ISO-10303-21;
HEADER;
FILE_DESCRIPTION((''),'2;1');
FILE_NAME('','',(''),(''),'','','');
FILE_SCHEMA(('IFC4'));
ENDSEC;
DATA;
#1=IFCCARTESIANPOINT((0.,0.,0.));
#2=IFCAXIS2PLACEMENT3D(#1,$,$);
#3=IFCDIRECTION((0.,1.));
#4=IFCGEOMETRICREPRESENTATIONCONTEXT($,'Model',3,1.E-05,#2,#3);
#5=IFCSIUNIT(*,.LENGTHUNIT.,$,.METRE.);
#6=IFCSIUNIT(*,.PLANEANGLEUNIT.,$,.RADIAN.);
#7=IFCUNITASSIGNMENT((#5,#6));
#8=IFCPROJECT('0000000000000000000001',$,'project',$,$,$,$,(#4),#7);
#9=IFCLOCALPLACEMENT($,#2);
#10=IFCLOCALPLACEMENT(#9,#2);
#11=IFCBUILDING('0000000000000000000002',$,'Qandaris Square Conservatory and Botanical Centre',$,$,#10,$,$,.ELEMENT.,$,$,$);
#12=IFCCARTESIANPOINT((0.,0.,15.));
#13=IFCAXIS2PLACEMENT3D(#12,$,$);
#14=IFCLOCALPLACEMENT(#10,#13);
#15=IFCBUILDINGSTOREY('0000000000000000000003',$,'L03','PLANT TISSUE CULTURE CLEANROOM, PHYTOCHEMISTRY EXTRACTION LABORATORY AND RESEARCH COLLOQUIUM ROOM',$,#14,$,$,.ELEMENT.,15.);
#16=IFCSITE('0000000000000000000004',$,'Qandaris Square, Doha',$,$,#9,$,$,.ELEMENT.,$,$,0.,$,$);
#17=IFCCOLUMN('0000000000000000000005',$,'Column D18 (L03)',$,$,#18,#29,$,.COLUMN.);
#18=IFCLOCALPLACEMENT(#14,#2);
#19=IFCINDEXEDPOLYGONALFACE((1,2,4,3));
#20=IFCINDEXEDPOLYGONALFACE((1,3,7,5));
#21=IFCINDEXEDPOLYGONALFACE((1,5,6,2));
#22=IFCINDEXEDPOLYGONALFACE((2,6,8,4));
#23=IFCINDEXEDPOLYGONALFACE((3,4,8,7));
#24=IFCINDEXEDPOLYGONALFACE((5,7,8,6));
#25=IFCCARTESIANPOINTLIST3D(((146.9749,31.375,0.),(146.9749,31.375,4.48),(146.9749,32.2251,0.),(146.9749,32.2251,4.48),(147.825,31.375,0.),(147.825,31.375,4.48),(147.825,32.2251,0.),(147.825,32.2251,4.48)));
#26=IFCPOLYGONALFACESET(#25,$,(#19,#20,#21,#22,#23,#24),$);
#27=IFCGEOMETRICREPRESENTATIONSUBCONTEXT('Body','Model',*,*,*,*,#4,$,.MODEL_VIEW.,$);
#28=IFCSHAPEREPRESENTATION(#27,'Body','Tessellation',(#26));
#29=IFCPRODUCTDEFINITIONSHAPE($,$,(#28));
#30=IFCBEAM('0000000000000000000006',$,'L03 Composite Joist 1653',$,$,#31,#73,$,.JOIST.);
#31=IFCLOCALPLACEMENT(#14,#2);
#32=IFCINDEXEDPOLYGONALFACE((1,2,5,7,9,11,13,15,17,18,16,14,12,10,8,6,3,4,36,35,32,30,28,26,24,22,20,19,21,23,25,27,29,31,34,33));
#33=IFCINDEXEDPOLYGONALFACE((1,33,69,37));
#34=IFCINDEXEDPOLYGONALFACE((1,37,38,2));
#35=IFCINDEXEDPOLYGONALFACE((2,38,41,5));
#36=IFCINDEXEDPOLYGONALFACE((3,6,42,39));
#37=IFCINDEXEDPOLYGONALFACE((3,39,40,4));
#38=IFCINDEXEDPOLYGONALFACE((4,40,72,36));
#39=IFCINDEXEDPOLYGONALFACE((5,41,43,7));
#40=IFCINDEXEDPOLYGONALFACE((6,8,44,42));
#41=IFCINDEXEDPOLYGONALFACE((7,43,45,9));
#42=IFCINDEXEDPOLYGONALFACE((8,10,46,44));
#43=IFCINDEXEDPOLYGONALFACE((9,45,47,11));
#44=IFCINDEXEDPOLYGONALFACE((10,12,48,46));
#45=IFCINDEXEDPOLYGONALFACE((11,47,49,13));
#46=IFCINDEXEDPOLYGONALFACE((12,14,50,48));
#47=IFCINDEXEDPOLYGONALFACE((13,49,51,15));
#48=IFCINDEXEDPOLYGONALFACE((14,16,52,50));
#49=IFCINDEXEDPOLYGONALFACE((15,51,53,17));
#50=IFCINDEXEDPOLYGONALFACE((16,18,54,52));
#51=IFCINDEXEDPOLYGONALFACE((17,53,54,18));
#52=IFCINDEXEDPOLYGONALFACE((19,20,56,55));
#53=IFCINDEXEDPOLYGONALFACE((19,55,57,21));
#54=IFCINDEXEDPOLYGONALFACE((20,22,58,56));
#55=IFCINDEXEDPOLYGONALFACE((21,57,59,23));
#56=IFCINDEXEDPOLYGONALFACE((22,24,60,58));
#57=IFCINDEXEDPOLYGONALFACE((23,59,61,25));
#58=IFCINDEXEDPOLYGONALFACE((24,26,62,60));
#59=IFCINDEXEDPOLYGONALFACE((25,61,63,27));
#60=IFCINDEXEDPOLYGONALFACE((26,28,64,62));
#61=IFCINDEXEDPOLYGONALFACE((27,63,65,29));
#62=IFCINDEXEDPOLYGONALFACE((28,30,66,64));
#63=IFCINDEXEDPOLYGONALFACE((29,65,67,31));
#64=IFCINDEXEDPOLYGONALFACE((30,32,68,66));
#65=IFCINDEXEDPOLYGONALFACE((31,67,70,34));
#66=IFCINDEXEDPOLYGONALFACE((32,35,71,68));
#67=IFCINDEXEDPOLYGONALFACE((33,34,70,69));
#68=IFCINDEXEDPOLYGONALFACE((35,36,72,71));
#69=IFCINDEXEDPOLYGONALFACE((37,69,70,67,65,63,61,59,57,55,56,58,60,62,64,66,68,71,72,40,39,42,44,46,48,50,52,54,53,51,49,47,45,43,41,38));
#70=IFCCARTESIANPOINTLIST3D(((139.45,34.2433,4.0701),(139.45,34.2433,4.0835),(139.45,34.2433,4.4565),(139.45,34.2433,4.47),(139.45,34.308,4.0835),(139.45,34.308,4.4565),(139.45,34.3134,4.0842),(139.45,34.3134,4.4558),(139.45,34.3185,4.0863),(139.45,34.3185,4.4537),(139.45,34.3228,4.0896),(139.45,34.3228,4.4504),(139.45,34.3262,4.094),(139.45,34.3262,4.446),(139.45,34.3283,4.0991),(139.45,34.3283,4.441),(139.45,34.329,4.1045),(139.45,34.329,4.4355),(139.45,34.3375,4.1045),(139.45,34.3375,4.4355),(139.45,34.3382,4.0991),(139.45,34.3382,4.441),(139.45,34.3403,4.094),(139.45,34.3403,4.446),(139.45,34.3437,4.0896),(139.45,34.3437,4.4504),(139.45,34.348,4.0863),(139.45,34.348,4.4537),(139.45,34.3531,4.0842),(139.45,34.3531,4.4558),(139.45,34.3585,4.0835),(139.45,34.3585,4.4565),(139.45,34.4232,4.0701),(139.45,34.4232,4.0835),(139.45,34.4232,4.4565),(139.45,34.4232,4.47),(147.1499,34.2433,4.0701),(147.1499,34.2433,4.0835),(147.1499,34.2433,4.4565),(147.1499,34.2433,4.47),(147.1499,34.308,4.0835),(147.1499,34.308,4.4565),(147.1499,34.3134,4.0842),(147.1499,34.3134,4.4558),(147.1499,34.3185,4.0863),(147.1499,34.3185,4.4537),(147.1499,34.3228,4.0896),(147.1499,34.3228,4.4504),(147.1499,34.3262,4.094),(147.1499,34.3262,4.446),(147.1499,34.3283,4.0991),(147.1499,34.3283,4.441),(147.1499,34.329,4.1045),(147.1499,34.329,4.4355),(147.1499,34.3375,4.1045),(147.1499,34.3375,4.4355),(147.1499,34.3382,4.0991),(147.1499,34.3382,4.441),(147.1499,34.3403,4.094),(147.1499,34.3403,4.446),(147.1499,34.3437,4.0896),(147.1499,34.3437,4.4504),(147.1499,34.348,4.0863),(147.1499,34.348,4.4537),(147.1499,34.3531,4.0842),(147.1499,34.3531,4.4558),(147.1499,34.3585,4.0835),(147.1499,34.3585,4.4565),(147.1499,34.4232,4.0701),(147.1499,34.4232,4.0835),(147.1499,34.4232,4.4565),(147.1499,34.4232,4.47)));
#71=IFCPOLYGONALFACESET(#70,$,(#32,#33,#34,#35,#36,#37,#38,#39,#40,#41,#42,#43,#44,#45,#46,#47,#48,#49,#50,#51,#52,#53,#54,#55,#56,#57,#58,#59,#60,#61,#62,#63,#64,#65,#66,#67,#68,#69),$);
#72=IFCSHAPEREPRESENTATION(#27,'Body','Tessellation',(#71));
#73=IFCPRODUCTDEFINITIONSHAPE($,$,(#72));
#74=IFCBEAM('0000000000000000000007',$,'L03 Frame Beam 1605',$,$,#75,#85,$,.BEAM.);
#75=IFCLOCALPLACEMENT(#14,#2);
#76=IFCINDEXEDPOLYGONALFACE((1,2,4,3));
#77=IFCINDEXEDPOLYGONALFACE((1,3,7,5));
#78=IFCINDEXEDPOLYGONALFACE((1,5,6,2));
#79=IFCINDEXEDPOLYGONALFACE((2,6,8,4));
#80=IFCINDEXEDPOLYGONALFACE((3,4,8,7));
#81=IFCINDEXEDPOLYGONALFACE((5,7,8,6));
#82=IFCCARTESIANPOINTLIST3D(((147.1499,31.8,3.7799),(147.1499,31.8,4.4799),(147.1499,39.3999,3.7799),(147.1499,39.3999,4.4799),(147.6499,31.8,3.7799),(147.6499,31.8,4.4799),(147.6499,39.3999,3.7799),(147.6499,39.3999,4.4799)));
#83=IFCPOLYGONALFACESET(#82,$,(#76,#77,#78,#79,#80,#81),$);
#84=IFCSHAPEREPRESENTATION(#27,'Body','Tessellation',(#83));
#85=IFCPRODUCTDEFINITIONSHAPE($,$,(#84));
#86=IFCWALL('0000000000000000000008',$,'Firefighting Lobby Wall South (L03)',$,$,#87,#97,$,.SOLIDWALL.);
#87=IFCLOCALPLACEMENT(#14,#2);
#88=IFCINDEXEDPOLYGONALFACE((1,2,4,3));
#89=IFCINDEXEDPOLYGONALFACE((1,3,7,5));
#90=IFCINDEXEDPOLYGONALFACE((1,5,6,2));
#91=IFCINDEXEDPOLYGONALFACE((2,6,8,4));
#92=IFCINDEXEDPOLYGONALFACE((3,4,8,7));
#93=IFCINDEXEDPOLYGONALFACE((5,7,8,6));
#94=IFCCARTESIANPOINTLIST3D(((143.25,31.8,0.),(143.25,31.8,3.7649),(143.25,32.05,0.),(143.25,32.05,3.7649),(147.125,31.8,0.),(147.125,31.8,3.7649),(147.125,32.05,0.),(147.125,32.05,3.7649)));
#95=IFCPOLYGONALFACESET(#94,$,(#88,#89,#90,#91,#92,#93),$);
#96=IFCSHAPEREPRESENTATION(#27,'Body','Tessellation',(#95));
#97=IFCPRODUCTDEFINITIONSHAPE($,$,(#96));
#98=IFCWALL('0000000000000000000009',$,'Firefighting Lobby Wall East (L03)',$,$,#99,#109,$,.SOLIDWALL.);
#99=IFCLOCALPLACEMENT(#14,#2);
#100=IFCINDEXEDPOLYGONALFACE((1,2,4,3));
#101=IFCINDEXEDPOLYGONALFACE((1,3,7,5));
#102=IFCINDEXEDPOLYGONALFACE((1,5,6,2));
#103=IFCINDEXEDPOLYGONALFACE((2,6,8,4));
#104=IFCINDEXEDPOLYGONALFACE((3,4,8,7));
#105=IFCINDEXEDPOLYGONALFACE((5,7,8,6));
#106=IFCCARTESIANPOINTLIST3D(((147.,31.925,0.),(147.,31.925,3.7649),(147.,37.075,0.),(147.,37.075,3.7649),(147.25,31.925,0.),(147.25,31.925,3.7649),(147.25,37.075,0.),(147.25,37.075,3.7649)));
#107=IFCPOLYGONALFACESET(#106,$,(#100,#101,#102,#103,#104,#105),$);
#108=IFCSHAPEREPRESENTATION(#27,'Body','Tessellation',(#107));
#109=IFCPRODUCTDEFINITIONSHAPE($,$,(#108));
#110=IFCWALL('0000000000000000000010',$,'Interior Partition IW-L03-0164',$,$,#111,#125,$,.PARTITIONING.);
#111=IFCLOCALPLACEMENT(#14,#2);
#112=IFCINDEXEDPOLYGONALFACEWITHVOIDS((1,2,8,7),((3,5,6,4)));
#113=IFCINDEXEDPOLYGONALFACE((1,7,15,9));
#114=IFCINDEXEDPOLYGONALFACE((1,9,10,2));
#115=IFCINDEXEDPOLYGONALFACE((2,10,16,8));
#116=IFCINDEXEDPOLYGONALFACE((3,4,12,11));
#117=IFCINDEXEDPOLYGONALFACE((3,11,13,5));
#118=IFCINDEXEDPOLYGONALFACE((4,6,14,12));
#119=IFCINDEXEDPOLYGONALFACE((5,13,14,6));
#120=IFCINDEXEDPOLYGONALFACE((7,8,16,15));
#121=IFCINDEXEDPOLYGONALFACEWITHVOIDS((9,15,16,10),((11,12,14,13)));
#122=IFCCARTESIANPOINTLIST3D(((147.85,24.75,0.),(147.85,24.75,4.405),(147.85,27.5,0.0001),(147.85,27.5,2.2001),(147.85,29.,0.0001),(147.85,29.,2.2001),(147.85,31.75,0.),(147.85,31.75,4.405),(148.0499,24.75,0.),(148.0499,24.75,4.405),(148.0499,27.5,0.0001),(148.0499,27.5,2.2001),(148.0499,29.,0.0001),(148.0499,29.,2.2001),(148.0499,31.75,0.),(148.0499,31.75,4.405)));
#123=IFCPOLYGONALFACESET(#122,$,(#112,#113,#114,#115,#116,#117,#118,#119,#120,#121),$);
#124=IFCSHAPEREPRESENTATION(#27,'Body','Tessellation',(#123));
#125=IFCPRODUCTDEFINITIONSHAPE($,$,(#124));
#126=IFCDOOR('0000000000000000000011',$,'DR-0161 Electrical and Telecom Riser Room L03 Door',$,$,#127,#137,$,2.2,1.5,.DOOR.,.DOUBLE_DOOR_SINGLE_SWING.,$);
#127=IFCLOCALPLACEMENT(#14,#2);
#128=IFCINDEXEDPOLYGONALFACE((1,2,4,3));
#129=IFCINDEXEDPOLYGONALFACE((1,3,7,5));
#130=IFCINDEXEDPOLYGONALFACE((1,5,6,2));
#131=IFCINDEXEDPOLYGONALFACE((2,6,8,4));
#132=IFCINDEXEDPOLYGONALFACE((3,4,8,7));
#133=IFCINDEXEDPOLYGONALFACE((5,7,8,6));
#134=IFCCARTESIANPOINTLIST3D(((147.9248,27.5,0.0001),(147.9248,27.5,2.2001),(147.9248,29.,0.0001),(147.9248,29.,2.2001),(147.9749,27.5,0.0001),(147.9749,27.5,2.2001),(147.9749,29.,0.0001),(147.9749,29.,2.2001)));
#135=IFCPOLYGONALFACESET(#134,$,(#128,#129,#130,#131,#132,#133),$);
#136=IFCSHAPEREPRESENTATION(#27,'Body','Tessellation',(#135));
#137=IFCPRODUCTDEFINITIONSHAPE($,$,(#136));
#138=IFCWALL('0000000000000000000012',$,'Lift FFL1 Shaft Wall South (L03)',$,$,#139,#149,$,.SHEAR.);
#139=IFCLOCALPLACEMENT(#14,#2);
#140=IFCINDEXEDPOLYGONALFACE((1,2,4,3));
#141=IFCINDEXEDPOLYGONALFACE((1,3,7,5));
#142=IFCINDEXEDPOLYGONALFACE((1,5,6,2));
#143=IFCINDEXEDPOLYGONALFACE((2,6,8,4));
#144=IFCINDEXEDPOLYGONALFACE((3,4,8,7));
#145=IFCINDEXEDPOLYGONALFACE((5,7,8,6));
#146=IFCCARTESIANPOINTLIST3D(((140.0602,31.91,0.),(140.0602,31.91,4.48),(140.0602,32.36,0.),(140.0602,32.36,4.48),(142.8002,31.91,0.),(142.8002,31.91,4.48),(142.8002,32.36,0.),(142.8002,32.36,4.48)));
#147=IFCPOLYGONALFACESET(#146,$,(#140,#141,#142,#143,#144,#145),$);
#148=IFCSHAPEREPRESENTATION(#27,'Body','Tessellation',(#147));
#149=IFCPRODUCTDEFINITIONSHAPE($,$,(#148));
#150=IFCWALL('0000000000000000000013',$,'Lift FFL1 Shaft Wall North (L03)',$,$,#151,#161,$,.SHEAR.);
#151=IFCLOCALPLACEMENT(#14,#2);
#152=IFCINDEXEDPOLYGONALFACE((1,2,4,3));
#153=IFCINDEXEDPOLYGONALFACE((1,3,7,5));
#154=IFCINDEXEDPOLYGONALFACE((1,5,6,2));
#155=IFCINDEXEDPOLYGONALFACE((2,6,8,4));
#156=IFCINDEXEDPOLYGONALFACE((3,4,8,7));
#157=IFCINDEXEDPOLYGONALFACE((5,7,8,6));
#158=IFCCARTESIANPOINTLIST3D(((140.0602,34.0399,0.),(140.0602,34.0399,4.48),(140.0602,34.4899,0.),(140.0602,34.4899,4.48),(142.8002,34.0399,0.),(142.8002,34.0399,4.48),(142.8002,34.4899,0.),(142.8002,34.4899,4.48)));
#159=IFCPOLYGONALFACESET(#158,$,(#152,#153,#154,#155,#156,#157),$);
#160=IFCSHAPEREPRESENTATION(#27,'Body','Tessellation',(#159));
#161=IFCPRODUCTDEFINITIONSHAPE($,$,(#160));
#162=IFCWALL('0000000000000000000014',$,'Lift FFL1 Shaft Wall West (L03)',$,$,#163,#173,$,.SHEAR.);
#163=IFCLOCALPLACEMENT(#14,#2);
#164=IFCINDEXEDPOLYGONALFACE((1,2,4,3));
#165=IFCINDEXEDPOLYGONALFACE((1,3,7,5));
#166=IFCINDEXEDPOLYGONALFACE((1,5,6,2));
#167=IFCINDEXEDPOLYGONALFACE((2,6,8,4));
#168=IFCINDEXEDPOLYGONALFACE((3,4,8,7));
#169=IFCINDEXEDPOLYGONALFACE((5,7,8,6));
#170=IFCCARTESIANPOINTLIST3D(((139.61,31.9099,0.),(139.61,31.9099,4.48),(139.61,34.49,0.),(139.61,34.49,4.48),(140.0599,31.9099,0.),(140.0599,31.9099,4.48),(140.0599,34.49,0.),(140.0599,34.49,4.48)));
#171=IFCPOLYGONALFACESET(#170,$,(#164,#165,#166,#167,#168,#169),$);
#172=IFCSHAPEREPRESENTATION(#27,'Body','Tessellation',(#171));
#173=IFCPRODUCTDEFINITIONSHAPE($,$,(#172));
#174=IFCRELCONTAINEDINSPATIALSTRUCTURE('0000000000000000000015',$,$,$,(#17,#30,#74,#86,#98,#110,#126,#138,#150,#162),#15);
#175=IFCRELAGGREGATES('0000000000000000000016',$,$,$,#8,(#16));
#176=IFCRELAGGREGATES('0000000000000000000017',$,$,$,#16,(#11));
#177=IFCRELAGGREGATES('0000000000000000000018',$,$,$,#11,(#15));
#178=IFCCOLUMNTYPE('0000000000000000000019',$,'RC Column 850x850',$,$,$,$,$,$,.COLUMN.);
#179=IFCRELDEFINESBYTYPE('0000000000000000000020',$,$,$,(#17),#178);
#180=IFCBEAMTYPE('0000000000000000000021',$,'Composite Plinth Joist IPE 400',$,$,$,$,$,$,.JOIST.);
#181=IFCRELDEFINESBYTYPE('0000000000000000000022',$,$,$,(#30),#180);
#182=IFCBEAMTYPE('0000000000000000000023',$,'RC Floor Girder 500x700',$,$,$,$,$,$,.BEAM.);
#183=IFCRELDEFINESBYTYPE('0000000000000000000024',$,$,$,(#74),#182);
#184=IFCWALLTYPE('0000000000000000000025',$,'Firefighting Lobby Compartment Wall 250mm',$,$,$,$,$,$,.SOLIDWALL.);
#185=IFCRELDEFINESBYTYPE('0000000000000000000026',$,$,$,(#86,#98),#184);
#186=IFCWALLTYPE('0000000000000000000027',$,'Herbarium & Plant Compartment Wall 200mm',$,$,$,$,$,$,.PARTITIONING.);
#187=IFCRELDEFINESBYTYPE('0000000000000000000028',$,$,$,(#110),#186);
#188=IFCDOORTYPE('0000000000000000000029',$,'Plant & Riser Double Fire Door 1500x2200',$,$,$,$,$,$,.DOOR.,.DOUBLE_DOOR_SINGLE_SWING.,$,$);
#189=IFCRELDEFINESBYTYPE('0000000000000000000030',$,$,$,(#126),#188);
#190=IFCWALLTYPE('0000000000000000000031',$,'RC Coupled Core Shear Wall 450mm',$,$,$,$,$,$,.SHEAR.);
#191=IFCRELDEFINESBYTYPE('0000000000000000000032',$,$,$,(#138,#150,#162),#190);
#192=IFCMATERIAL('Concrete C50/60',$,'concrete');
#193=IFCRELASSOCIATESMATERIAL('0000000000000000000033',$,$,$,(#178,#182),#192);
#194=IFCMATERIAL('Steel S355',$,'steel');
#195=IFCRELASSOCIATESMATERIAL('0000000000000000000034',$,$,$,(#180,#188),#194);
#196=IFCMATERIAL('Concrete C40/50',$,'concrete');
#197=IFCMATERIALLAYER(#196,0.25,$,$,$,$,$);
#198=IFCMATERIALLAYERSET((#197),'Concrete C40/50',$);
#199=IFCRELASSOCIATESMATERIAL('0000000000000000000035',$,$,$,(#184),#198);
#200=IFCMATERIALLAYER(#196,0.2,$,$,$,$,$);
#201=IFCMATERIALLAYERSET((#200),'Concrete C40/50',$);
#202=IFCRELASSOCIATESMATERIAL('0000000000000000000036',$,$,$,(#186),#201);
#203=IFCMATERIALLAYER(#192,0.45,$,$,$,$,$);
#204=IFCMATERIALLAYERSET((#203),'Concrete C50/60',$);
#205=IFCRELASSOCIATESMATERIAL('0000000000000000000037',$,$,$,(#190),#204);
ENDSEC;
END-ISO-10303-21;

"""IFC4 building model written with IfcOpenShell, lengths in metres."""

from ifc_helpers import new_model, si_unit, direction, frame, frame_2d, origin, origin_2d, place, context, subcontext, project, spatial, rectangle, i_section, extrude, material, layer, layer_set, material_profile, profile_set, type_object, element, fill, save


model = new_model("IFC4")

# Units and contexts
model_context = context("Model", 3, precision=1e-05, world=origin(), true_north=direction((0.0, 1.0)))
body_context = subcontext(model_context, "Body", "Model", "MODEL_VIEW")
ifc_project = project(units=[si_unit("LENGTHUNIT", "METRE"), si_unit("PLANEANGLEUNIT", "RADIAN")], contexts=[model_context])

# Site, building, storey
site_placement = place(None, origin())
site = spatial("IfcSite", under=ifc_project, at=site_placement, Name="Qandaris Square, Doha", CompositionType="ELEMENT", RefElevation=0.0)
building_placement = place(site_placement, origin())
building = spatial("IfcBuilding", under=site, at=building_placement, Name="Qandaris Square Conservatory and Botanical Centre", CompositionType="ELEMENT")
storey_placement = place(building_placement, frame((0.0, 0.0, 15.0)))
storey = spatial("IfcBuildingStorey", under=building, at=storey_placement, Name="L03", Description="PLANT TISSUE CULTURE CLEANROOM, PHYTOCHEMISTRY EXTRACTION LABORATORY AND RESEARCH COLLOQUIUM ROOM", CompositionType="ELEMENT", Elevation=15.0)

# Column
ifc_material_1 = material(Name="Concrete C50/60", Category="concrete")
ifc_material_profile_1 = material_profile(ifc_material_1, rectangle(XDim=0.8501, YDim=0.8501, at=origin_2d()), Name="RC-COL 850x850")
ifc_profile_set_1 = profile_set([ifc_material_profile_1], Name="Concrete C50/60")
column_type = type_object("IfcColumnType", Name="RC Column 850x850", PredefinedType="COLUMN", material=ifc_profile_set_1)
column_placement = place(storey_placement, frame((147.3999, 31.8, 0.0), z_axis=(0.0, 0.0, 1.0), x_axis=(1.0, 0.0, 0.0)))
element("IfcColumn", 1, at=column_placement, inside=storey, type_object=column_type, Name="Column D18 (L03)", PredefinedType="COLUMN", context=body_context, shape_type="SweptSolid", body=[
    extrude(rectangle(XDim=0.8501, YDim=0.8501, at=origin_2d()), origin(), (0.0, 0.0, 1.0), 4.48),
])

# Beams
ifc_material_2 = material(Name="Steel S355", Category="steel")
ifc_material_profile_2 = material_profile(ifc_material_2, i_section(OverallWidth=0.1799, OverallDepth=0.3999, WebThickness=0.0085, FlangeThickness=0.0134, FilletRadius=0.021, at=origin_2d()), Name="IPE 400")
ifc_profile_set_2 = profile_set([ifc_material_profile_2], Name="Steel S355")
beam_type_1 = type_object("IfcBeamType", Name="Composite Plinth Joist IPE 400", PredefinedType="JOIST", material=ifc_profile_set_2)
beam_1_placement = place(storey_placement, frame((139.45, 34.3333, 4.27), z_axis=(1.0, 0.0, 0.0), x_axis=(0.0, 1.0, 0.0)))
element("IfcBeam", 2, at=beam_1_placement, inside=storey, type_object=beam_type_1, Name="L03 Composite Joist 1653", PredefinedType="JOIST", context=body_context, shape_type="SweptSolid", body=[
    extrude(i_section(OverallWidth=0.1799, OverallDepth=0.3999, WebThickness=0.0085, FlangeThickness=0.0134, FilletRadius=0.021, at=origin_2d()), origin(), (0.0, 0.0, 1.0), 7.7),
])
ifc_material_profile_3 = material_profile(ifc_material_1, rectangle(XDim=0.5, YDim=0.7, at=origin_2d()), Name="RC-BM 500x700")
ifc_profile_set_3 = profile_set([ifc_material_profile_3], Name="Concrete C50/60")
beam_type_2 = type_object("IfcBeamType", Name="RC Floor Girder 500x700", PredefinedType="BEAM", material=ifc_profile_set_3)
beam_2_placement = place(storey_placement, frame((147.3999, 31.8, 4.1299), z_axis=(0.0, 1.0, 0.0), x_axis=(-1.0, 0.0, 0.0)))
element("IfcBeam", 3, at=beam_2_placement, inside=storey, type_object=beam_type_2, Name="L03 Frame Beam 1605", PredefinedType="BEAM", context=body_context, shape_type="SweptSolid", body=[
    extrude(rectangle(XDim=0.5, YDim=0.7, at=origin_2d()), origin(), (0.0, 0.0, 1.0), 7.5999),
])

# Walls
ifc_material_3 = material(Name="Concrete C40/50", Category="concrete")
ifc_layer_1 = layer(ifc_material_3, 0.25)
ifc_layer_set_1 = layer_set([ifc_layer_1], Name="Concrete C40/50")
wall_type_1 = type_object("IfcWallType", Name="Firefighting Lobby Compartment Wall 250mm", PredefinedType="SOLIDWALL", material=ifc_layer_set_1)
wall_1_placement = place(storey_placement, frame((143.25, 31.925, 0.0), z_axis=(0.0, 0.0, 1.0), x_axis=(1.0, 0.0, 0.0)))
element("IfcWall", 4, at=wall_1_placement, inside=storey, type_object=wall_type_1, Name="Firefighting Lobby Wall South (L03)", PredefinedType="SOLIDWALL", context=body_context, shape_type="SweptSolid", body=[
    extrude(rectangle(XDim=3.875, YDim=0.25, at=frame_2d((1.9375, 0.0))), origin(), (0.0, 0.0, 1.0), 3.7649),
])
wall_2_placement = place(storey_placement, frame((147.125, 31.925, 0.0), z_axis=(0.0, 0.0, 1.0), x_axis=(0.0, 1.0, 0.0)))
element("IfcWall", 5, at=wall_2_placement, inside=storey, type_object=wall_type_1, Name="Firefighting Lobby Wall East (L03)", PredefinedType="SOLIDWALL", context=body_context, shape_type="SweptSolid", body=[
    extrude(rectangle(XDim=5.1499, YDim=0.25, at=frame_2d((2.575, 0.0))), origin(), (0.0, 0.0, 1.0), 3.7649),
])

# Wall, opening, door
ifc_layer_2 = layer(ifc_material_3, 0.2)
ifc_layer_set_2 = layer_set([ifc_layer_2], Name="Concrete C40/50")
wall_type_2 = type_object("IfcWallType", Name="Herbarium & Plant Compartment Wall 200mm", PredefinedType="PARTITIONING", material=ifc_layer_set_2)
wall_3_placement = place(storey_placement, frame((147.95, 31.75, 0.0), z_axis=(0.0, 0.0, 1.0), x_axis=(0.0, -1.0, 0.0)))
wall_3 = element("IfcWall", 6, at=wall_3_placement, inside=storey, type_object=wall_type_2, Name="Interior Partition IW-L03-0164", PredefinedType="PARTITIONING", context=body_context, shape_type="SweptSolid", body=[
    extrude(rectangle(XDim=7.0, YDim=0.2, at=frame_2d((3.5, 0.0))), origin(), (0.0, 0.0, 1.0), 4.405),
])
opening_1_placement = place(wall_3_placement, frame((2.75, 0.0, 0.0)))
opening_1 = element("IfcOpeningElement", 7, at=opening_1_placement, cuts=wall_3, PredefinedType="OPENING", context=body_context, shape_type="SweptSolid", body=[
    extrude(rectangle(XDim=1.5, YDim=2.2, at=frame_2d((0.75, 1.1001))), frame((0.0, 0.1118, 0.0), z_axis=(0.0, -1.0, 0.0), x_axis=(1.0, 0.0, 0.0)), (0.0, 0.0, 1.0), 0.2239),
])
door_type_1 = type_object("IfcDoorType", Name="Plant & Riser Double Fire Door 1500x2200", OperationType="DOUBLE_DOOR_SINGLE_SWING", PredefinedType="DOOR", material=ifc_material_2)
door_1_placement = place(opening_1_placement, origin())
door_1 = element("IfcDoor", 8, at=door_1_placement, inside=storey, type_object=door_type_1, Name="DR-0161 Electrical and Telecom Riser Room L03 Door", OperationType="DOUBLE_DOOR_SINGLE_SWING", OverallHeight=2.2, OverallWidth=1.5, PredefinedType="DOOR", context=body_context, shape_type="SweptSolid", body=[
    extrude(rectangle(XDim=1.5, YDim=2.2, at=frame_2d((0.75, 1.1001))), frame((0.0, 0.0249, 0.0), z_axis=(0.0, -1.0, 0.0), x_axis=(1.0, 0.0, 0.0)), (0.0, 0.0, 1.0), 0.05),
])
fill(opening_1, door_1)

# Walls
ifc_layer_3 = layer(ifc_material_1, 0.45)
ifc_layer_set_3 = layer_set([ifc_layer_3], Name="Concrete C50/60")
wall_type_3 = type_object("IfcWallType", Name="RC Coupled Core Shear Wall 450mm", PredefinedType="SHEAR", material=ifc_layer_set_3)
for number, where, z_axis, x_axis, name in (
    (9, (140.0601, 32.135, 0.0), (0.0, 0.0, 1.0), (1.0, 0.0, 0.0), "Lift FFL1 Shaft Wall South (L03)"),
    (10, (140.0601, 34.2649, 0.0), (0.0, 0.0, 1.0), (1.0, 0.0, 0.0), "Lift FFL1 Shaft Wall North (L03)"),
):
    element("IfcWall", number, at=place(storey_placement, frame(where, z_axis=z_axis, x_axis=x_axis)), inside=storey, type_object=wall_type_3, Name=name, PredefinedType="SHEAR", context=body_context, shape_type="SweptSolid", body=[
        extrude(rectangle(XDim=2.74, YDim=0.45, at=frame_2d((1.3701, 0.0))), origin(), (0.0, 0.0, 1.0), 4.48),
    ])
wall_4_placement = place(storey_placement, frame((139.835, 31.9099, 0.0), z_axis=(0.0, 0.0, 1.0), x_axis=(0.0, 1.0, 0.0)))
element("IfcWall", 11, at=wall_4_placement, inside=storey, type_object=wall_type_3, Name="Lift FFL1 Shaft Wall West (L03)", PredefinedType="SHEAR", context=body_context, shape_type="SweptSolid", body=[
    extrude(rectangle(XDim=2.5801, YDim=0.45, at=frame_2d((1.29, 0.0))), origin(), (0.0, 0.0, 1.0), 4.48),
])

save(model, "model.ifc")
